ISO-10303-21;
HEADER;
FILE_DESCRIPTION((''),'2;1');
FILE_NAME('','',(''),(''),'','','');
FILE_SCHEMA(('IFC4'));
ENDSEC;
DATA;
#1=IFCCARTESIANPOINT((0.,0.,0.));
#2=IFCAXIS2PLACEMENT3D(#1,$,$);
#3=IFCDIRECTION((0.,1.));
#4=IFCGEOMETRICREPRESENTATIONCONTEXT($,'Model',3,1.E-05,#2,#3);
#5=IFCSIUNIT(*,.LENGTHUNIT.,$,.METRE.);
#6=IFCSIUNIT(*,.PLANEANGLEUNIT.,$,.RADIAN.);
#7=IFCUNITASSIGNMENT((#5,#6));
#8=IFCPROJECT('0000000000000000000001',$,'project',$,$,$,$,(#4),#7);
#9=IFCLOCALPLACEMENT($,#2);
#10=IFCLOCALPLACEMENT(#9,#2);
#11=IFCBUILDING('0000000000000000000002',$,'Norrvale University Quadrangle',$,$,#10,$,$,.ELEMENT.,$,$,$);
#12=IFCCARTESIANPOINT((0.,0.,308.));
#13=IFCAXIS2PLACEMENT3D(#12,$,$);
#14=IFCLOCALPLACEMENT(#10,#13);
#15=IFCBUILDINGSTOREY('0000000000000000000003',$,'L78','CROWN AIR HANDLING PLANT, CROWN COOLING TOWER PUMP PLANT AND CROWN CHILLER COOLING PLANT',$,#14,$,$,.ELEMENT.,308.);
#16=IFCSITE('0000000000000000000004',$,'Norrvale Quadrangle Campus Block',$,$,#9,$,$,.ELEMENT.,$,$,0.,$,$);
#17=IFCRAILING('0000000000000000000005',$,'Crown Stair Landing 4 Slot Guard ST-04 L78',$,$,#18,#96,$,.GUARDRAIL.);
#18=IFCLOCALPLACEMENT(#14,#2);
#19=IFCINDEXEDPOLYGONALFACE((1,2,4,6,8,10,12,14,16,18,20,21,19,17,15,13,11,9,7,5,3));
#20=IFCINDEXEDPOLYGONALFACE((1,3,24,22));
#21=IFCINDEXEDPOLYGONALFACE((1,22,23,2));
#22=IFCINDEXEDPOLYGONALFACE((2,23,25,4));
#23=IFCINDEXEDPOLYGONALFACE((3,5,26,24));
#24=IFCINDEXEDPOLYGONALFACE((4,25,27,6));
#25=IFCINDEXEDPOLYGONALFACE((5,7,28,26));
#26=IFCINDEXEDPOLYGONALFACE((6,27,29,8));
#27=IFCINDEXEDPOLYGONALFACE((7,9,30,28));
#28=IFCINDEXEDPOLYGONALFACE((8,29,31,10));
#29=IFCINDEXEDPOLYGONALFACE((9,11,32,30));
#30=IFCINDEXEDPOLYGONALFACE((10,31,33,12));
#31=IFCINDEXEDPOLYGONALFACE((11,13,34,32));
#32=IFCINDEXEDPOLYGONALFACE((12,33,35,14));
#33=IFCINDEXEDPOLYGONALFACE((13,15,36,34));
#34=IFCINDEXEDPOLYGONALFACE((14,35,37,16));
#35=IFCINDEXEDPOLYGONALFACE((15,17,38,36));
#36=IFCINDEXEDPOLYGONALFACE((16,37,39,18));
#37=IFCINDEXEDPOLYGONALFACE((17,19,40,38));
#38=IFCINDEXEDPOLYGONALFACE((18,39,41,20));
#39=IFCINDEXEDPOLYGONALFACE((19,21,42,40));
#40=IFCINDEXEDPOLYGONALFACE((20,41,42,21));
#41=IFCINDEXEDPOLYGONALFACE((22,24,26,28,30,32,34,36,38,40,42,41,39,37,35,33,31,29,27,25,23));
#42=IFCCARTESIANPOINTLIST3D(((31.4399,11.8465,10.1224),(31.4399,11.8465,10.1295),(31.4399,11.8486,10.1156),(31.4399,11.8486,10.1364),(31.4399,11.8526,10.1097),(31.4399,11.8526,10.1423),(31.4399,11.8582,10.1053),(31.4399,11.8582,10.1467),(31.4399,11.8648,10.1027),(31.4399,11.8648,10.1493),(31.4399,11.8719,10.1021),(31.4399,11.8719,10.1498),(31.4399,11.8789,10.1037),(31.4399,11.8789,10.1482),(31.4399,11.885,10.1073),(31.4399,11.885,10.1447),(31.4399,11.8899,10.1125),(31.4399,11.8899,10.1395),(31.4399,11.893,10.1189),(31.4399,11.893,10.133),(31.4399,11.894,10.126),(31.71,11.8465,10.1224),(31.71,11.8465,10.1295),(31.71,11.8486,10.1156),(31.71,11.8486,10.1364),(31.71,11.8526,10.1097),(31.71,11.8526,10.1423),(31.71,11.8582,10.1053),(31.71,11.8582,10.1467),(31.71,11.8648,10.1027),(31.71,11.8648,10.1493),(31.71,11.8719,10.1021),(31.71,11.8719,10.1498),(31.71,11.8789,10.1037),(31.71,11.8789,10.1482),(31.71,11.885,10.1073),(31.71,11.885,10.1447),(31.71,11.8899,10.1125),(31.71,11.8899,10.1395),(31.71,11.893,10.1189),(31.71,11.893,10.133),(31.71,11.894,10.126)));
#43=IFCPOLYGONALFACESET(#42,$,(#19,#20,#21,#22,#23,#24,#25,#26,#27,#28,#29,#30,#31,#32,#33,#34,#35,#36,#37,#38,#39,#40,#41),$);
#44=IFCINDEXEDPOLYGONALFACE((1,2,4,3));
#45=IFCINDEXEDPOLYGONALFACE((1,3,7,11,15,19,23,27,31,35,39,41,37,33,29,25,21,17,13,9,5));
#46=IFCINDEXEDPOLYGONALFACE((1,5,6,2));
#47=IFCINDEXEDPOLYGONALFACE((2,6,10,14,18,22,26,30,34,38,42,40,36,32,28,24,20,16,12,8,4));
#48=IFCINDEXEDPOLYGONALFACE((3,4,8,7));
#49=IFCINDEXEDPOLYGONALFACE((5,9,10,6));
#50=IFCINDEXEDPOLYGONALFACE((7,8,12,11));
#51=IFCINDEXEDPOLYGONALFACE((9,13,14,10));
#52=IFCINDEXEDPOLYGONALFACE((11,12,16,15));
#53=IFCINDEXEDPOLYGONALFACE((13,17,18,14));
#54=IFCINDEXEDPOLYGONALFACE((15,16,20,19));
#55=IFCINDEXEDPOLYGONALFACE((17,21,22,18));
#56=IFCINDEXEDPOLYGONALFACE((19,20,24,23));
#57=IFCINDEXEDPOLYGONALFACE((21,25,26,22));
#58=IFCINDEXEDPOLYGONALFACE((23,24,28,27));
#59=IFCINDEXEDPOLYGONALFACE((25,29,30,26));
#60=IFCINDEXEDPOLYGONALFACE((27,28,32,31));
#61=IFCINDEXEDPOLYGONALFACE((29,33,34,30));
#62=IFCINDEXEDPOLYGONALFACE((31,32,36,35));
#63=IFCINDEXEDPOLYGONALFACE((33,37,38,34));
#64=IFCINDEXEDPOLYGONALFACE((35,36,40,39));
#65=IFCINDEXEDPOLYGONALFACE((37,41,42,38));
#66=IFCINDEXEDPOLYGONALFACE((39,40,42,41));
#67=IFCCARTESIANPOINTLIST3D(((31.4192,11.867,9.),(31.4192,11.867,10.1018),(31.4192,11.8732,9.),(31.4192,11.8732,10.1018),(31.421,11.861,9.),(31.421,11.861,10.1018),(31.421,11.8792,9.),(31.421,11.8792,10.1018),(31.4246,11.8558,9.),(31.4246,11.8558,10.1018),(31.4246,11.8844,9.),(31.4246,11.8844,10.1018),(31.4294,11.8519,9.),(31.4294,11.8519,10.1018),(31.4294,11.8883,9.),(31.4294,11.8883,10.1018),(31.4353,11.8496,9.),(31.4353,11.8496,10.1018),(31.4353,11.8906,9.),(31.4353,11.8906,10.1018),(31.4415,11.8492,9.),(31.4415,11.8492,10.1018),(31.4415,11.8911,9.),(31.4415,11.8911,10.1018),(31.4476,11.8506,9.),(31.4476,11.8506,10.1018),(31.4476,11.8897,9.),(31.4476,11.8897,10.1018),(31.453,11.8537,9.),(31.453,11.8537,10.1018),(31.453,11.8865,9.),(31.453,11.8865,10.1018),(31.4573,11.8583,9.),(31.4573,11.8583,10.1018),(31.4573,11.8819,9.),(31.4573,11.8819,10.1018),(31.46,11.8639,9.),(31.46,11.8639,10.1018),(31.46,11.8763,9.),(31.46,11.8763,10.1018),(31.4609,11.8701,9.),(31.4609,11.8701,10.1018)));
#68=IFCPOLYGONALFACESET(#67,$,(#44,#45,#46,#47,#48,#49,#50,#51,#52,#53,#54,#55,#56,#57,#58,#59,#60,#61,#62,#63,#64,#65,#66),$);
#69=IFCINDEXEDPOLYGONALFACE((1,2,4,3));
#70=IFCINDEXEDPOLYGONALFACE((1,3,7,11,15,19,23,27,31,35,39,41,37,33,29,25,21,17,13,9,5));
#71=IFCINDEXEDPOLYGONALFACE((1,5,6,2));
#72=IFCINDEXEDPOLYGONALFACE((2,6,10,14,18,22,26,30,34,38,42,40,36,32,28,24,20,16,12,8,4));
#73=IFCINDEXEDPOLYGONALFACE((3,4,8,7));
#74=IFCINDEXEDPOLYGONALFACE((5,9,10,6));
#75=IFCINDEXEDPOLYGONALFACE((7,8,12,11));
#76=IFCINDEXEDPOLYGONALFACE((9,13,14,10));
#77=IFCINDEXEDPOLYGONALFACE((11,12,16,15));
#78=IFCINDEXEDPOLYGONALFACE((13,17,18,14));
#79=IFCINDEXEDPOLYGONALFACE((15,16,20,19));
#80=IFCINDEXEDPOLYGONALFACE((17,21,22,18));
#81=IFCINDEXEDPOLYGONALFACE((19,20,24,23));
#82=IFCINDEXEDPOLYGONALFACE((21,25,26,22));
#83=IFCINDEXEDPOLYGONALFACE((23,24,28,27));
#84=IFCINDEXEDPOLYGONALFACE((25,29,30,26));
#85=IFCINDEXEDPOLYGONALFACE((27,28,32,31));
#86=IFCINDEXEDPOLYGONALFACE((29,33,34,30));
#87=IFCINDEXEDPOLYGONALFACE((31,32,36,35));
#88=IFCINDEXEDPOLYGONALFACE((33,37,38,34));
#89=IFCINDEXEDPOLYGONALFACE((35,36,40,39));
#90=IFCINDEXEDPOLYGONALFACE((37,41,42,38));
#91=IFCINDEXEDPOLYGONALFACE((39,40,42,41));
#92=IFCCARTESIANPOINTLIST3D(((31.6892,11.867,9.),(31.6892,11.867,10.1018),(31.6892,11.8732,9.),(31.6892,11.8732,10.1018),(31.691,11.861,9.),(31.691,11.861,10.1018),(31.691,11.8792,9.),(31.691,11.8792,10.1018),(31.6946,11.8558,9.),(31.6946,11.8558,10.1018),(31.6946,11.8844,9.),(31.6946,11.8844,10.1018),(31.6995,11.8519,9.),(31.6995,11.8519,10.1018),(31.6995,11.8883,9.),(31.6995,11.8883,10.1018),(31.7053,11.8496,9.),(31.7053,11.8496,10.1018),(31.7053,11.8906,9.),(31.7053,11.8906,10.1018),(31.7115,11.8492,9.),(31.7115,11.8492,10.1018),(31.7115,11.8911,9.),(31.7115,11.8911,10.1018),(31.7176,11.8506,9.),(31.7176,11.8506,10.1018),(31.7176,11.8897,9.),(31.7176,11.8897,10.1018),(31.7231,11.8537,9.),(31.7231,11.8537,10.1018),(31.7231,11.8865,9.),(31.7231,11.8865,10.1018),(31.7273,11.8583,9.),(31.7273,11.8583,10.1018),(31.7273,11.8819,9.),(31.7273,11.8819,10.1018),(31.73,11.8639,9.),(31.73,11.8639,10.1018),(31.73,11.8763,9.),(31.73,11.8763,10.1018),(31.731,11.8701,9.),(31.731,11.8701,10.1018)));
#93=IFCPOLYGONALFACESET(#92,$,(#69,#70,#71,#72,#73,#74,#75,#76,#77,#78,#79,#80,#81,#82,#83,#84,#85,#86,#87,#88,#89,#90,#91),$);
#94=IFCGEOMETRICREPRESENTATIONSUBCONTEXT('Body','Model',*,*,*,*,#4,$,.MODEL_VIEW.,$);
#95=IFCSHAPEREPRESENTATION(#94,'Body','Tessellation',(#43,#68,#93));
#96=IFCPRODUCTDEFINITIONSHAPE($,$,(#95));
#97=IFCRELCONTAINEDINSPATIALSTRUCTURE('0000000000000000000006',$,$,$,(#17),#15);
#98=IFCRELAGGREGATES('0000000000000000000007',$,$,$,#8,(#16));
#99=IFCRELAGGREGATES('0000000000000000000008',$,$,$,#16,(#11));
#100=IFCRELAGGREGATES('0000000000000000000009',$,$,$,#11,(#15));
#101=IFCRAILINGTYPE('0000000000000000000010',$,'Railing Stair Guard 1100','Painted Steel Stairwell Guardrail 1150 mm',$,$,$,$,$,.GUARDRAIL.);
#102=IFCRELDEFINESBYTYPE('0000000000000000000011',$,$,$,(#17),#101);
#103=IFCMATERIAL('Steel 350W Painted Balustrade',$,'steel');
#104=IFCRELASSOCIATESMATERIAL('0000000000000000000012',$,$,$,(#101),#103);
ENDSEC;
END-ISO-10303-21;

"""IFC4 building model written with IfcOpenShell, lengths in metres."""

from ifc_helpers import new_model, si_unit, direction, frame, origin, origin_2d, place, context, subcontext, project, spatial, circle, extrude, material, type_object, element, save


model = new_model("IFC4")

# Units and contexts
model_context = context("Model", 3, precision=1e-05, world=origin(), true_north=direction((0.0, 1.0)))
body_context = subcontext(model_context, "Body", "Model", "MODEL_VIEW")
ifc_project = project(units=[si_unit("LENGTHUNIT", "METRE"), si_unit("PLANEANGLEUNIT", "RADIAN")], contexts=[model_context])

# Site, building, storey
site_placement = place(None, origin())
site = spatial("IfcSite", under=ifc_project, at=site_placement, Name="Norrvale Quadrangle Campus Block", CompositionType="ELEMENT", RefElevation=0.0)
building_placement = place(site_placement, origin())
building = spatial("IfcBuilding", under=site, at=building_placement, Name="Norrvale University Quadrangle", CompositionType="ELEMENT")
storey_placement = place(building_placement, frame((0.0, 0.0, 308.0)))
storey = spatial("IfcBuildingStorey", under=building, at=storey_placement, Name="L78", Description="CROWN AIR HANDLING PLANT, CROWN COOLING TOWER PUMP PLANT AND CROWN CHILLER COOLING PLANT", CompositionType="ELEMENT", Elevation=308.0)

# Railing
ifc_material_1 = material(Name="Steel 350W Painted Balustrade", Category="steel")
railing_type_1 = type_object("IfcRailingType", Name="Railing Stair Guard 1100", Description="Painted Steel Stairwell Guardrail 1150 mm", PredefinedType="GUARDRAIL", material=ifc_material_1)
for number, where, name in (
    (1, (31.4399, 11.8701, 9.0), "Crown Stair Landing 4 Slot Guard ST-04 L78"),
):
    element("IfcRailing", number, at=place(storey_placement, frame(where)), inside=storey, type_object=railing_type_1, Name=name, PredefinedType="GUARDRAIL", context=body_context, shape_type="SweptSolid", body=[
        extrude(circle(Radius=0.0239, at=origin_2d()), frame((0.0, 0.0, 1.126), z_axis=(1.0, 0.0, 0.0), x_axis=(0.0, 1.0, 0.0)), (0.0, 0.0, 1.0), 0.27),
        extrude(circle(Radius=0.021, at=origin_2d()), origin(), (0.0, 0.0, 1.0), 1.1018),
        extrude(circle(Radius=0.021, at=origin_2d()), frame((0.27, 0.0, 0.0)), (0.0, 0.0, 1.0), 1.1018),
    ])

save(model, "model.ifc")
